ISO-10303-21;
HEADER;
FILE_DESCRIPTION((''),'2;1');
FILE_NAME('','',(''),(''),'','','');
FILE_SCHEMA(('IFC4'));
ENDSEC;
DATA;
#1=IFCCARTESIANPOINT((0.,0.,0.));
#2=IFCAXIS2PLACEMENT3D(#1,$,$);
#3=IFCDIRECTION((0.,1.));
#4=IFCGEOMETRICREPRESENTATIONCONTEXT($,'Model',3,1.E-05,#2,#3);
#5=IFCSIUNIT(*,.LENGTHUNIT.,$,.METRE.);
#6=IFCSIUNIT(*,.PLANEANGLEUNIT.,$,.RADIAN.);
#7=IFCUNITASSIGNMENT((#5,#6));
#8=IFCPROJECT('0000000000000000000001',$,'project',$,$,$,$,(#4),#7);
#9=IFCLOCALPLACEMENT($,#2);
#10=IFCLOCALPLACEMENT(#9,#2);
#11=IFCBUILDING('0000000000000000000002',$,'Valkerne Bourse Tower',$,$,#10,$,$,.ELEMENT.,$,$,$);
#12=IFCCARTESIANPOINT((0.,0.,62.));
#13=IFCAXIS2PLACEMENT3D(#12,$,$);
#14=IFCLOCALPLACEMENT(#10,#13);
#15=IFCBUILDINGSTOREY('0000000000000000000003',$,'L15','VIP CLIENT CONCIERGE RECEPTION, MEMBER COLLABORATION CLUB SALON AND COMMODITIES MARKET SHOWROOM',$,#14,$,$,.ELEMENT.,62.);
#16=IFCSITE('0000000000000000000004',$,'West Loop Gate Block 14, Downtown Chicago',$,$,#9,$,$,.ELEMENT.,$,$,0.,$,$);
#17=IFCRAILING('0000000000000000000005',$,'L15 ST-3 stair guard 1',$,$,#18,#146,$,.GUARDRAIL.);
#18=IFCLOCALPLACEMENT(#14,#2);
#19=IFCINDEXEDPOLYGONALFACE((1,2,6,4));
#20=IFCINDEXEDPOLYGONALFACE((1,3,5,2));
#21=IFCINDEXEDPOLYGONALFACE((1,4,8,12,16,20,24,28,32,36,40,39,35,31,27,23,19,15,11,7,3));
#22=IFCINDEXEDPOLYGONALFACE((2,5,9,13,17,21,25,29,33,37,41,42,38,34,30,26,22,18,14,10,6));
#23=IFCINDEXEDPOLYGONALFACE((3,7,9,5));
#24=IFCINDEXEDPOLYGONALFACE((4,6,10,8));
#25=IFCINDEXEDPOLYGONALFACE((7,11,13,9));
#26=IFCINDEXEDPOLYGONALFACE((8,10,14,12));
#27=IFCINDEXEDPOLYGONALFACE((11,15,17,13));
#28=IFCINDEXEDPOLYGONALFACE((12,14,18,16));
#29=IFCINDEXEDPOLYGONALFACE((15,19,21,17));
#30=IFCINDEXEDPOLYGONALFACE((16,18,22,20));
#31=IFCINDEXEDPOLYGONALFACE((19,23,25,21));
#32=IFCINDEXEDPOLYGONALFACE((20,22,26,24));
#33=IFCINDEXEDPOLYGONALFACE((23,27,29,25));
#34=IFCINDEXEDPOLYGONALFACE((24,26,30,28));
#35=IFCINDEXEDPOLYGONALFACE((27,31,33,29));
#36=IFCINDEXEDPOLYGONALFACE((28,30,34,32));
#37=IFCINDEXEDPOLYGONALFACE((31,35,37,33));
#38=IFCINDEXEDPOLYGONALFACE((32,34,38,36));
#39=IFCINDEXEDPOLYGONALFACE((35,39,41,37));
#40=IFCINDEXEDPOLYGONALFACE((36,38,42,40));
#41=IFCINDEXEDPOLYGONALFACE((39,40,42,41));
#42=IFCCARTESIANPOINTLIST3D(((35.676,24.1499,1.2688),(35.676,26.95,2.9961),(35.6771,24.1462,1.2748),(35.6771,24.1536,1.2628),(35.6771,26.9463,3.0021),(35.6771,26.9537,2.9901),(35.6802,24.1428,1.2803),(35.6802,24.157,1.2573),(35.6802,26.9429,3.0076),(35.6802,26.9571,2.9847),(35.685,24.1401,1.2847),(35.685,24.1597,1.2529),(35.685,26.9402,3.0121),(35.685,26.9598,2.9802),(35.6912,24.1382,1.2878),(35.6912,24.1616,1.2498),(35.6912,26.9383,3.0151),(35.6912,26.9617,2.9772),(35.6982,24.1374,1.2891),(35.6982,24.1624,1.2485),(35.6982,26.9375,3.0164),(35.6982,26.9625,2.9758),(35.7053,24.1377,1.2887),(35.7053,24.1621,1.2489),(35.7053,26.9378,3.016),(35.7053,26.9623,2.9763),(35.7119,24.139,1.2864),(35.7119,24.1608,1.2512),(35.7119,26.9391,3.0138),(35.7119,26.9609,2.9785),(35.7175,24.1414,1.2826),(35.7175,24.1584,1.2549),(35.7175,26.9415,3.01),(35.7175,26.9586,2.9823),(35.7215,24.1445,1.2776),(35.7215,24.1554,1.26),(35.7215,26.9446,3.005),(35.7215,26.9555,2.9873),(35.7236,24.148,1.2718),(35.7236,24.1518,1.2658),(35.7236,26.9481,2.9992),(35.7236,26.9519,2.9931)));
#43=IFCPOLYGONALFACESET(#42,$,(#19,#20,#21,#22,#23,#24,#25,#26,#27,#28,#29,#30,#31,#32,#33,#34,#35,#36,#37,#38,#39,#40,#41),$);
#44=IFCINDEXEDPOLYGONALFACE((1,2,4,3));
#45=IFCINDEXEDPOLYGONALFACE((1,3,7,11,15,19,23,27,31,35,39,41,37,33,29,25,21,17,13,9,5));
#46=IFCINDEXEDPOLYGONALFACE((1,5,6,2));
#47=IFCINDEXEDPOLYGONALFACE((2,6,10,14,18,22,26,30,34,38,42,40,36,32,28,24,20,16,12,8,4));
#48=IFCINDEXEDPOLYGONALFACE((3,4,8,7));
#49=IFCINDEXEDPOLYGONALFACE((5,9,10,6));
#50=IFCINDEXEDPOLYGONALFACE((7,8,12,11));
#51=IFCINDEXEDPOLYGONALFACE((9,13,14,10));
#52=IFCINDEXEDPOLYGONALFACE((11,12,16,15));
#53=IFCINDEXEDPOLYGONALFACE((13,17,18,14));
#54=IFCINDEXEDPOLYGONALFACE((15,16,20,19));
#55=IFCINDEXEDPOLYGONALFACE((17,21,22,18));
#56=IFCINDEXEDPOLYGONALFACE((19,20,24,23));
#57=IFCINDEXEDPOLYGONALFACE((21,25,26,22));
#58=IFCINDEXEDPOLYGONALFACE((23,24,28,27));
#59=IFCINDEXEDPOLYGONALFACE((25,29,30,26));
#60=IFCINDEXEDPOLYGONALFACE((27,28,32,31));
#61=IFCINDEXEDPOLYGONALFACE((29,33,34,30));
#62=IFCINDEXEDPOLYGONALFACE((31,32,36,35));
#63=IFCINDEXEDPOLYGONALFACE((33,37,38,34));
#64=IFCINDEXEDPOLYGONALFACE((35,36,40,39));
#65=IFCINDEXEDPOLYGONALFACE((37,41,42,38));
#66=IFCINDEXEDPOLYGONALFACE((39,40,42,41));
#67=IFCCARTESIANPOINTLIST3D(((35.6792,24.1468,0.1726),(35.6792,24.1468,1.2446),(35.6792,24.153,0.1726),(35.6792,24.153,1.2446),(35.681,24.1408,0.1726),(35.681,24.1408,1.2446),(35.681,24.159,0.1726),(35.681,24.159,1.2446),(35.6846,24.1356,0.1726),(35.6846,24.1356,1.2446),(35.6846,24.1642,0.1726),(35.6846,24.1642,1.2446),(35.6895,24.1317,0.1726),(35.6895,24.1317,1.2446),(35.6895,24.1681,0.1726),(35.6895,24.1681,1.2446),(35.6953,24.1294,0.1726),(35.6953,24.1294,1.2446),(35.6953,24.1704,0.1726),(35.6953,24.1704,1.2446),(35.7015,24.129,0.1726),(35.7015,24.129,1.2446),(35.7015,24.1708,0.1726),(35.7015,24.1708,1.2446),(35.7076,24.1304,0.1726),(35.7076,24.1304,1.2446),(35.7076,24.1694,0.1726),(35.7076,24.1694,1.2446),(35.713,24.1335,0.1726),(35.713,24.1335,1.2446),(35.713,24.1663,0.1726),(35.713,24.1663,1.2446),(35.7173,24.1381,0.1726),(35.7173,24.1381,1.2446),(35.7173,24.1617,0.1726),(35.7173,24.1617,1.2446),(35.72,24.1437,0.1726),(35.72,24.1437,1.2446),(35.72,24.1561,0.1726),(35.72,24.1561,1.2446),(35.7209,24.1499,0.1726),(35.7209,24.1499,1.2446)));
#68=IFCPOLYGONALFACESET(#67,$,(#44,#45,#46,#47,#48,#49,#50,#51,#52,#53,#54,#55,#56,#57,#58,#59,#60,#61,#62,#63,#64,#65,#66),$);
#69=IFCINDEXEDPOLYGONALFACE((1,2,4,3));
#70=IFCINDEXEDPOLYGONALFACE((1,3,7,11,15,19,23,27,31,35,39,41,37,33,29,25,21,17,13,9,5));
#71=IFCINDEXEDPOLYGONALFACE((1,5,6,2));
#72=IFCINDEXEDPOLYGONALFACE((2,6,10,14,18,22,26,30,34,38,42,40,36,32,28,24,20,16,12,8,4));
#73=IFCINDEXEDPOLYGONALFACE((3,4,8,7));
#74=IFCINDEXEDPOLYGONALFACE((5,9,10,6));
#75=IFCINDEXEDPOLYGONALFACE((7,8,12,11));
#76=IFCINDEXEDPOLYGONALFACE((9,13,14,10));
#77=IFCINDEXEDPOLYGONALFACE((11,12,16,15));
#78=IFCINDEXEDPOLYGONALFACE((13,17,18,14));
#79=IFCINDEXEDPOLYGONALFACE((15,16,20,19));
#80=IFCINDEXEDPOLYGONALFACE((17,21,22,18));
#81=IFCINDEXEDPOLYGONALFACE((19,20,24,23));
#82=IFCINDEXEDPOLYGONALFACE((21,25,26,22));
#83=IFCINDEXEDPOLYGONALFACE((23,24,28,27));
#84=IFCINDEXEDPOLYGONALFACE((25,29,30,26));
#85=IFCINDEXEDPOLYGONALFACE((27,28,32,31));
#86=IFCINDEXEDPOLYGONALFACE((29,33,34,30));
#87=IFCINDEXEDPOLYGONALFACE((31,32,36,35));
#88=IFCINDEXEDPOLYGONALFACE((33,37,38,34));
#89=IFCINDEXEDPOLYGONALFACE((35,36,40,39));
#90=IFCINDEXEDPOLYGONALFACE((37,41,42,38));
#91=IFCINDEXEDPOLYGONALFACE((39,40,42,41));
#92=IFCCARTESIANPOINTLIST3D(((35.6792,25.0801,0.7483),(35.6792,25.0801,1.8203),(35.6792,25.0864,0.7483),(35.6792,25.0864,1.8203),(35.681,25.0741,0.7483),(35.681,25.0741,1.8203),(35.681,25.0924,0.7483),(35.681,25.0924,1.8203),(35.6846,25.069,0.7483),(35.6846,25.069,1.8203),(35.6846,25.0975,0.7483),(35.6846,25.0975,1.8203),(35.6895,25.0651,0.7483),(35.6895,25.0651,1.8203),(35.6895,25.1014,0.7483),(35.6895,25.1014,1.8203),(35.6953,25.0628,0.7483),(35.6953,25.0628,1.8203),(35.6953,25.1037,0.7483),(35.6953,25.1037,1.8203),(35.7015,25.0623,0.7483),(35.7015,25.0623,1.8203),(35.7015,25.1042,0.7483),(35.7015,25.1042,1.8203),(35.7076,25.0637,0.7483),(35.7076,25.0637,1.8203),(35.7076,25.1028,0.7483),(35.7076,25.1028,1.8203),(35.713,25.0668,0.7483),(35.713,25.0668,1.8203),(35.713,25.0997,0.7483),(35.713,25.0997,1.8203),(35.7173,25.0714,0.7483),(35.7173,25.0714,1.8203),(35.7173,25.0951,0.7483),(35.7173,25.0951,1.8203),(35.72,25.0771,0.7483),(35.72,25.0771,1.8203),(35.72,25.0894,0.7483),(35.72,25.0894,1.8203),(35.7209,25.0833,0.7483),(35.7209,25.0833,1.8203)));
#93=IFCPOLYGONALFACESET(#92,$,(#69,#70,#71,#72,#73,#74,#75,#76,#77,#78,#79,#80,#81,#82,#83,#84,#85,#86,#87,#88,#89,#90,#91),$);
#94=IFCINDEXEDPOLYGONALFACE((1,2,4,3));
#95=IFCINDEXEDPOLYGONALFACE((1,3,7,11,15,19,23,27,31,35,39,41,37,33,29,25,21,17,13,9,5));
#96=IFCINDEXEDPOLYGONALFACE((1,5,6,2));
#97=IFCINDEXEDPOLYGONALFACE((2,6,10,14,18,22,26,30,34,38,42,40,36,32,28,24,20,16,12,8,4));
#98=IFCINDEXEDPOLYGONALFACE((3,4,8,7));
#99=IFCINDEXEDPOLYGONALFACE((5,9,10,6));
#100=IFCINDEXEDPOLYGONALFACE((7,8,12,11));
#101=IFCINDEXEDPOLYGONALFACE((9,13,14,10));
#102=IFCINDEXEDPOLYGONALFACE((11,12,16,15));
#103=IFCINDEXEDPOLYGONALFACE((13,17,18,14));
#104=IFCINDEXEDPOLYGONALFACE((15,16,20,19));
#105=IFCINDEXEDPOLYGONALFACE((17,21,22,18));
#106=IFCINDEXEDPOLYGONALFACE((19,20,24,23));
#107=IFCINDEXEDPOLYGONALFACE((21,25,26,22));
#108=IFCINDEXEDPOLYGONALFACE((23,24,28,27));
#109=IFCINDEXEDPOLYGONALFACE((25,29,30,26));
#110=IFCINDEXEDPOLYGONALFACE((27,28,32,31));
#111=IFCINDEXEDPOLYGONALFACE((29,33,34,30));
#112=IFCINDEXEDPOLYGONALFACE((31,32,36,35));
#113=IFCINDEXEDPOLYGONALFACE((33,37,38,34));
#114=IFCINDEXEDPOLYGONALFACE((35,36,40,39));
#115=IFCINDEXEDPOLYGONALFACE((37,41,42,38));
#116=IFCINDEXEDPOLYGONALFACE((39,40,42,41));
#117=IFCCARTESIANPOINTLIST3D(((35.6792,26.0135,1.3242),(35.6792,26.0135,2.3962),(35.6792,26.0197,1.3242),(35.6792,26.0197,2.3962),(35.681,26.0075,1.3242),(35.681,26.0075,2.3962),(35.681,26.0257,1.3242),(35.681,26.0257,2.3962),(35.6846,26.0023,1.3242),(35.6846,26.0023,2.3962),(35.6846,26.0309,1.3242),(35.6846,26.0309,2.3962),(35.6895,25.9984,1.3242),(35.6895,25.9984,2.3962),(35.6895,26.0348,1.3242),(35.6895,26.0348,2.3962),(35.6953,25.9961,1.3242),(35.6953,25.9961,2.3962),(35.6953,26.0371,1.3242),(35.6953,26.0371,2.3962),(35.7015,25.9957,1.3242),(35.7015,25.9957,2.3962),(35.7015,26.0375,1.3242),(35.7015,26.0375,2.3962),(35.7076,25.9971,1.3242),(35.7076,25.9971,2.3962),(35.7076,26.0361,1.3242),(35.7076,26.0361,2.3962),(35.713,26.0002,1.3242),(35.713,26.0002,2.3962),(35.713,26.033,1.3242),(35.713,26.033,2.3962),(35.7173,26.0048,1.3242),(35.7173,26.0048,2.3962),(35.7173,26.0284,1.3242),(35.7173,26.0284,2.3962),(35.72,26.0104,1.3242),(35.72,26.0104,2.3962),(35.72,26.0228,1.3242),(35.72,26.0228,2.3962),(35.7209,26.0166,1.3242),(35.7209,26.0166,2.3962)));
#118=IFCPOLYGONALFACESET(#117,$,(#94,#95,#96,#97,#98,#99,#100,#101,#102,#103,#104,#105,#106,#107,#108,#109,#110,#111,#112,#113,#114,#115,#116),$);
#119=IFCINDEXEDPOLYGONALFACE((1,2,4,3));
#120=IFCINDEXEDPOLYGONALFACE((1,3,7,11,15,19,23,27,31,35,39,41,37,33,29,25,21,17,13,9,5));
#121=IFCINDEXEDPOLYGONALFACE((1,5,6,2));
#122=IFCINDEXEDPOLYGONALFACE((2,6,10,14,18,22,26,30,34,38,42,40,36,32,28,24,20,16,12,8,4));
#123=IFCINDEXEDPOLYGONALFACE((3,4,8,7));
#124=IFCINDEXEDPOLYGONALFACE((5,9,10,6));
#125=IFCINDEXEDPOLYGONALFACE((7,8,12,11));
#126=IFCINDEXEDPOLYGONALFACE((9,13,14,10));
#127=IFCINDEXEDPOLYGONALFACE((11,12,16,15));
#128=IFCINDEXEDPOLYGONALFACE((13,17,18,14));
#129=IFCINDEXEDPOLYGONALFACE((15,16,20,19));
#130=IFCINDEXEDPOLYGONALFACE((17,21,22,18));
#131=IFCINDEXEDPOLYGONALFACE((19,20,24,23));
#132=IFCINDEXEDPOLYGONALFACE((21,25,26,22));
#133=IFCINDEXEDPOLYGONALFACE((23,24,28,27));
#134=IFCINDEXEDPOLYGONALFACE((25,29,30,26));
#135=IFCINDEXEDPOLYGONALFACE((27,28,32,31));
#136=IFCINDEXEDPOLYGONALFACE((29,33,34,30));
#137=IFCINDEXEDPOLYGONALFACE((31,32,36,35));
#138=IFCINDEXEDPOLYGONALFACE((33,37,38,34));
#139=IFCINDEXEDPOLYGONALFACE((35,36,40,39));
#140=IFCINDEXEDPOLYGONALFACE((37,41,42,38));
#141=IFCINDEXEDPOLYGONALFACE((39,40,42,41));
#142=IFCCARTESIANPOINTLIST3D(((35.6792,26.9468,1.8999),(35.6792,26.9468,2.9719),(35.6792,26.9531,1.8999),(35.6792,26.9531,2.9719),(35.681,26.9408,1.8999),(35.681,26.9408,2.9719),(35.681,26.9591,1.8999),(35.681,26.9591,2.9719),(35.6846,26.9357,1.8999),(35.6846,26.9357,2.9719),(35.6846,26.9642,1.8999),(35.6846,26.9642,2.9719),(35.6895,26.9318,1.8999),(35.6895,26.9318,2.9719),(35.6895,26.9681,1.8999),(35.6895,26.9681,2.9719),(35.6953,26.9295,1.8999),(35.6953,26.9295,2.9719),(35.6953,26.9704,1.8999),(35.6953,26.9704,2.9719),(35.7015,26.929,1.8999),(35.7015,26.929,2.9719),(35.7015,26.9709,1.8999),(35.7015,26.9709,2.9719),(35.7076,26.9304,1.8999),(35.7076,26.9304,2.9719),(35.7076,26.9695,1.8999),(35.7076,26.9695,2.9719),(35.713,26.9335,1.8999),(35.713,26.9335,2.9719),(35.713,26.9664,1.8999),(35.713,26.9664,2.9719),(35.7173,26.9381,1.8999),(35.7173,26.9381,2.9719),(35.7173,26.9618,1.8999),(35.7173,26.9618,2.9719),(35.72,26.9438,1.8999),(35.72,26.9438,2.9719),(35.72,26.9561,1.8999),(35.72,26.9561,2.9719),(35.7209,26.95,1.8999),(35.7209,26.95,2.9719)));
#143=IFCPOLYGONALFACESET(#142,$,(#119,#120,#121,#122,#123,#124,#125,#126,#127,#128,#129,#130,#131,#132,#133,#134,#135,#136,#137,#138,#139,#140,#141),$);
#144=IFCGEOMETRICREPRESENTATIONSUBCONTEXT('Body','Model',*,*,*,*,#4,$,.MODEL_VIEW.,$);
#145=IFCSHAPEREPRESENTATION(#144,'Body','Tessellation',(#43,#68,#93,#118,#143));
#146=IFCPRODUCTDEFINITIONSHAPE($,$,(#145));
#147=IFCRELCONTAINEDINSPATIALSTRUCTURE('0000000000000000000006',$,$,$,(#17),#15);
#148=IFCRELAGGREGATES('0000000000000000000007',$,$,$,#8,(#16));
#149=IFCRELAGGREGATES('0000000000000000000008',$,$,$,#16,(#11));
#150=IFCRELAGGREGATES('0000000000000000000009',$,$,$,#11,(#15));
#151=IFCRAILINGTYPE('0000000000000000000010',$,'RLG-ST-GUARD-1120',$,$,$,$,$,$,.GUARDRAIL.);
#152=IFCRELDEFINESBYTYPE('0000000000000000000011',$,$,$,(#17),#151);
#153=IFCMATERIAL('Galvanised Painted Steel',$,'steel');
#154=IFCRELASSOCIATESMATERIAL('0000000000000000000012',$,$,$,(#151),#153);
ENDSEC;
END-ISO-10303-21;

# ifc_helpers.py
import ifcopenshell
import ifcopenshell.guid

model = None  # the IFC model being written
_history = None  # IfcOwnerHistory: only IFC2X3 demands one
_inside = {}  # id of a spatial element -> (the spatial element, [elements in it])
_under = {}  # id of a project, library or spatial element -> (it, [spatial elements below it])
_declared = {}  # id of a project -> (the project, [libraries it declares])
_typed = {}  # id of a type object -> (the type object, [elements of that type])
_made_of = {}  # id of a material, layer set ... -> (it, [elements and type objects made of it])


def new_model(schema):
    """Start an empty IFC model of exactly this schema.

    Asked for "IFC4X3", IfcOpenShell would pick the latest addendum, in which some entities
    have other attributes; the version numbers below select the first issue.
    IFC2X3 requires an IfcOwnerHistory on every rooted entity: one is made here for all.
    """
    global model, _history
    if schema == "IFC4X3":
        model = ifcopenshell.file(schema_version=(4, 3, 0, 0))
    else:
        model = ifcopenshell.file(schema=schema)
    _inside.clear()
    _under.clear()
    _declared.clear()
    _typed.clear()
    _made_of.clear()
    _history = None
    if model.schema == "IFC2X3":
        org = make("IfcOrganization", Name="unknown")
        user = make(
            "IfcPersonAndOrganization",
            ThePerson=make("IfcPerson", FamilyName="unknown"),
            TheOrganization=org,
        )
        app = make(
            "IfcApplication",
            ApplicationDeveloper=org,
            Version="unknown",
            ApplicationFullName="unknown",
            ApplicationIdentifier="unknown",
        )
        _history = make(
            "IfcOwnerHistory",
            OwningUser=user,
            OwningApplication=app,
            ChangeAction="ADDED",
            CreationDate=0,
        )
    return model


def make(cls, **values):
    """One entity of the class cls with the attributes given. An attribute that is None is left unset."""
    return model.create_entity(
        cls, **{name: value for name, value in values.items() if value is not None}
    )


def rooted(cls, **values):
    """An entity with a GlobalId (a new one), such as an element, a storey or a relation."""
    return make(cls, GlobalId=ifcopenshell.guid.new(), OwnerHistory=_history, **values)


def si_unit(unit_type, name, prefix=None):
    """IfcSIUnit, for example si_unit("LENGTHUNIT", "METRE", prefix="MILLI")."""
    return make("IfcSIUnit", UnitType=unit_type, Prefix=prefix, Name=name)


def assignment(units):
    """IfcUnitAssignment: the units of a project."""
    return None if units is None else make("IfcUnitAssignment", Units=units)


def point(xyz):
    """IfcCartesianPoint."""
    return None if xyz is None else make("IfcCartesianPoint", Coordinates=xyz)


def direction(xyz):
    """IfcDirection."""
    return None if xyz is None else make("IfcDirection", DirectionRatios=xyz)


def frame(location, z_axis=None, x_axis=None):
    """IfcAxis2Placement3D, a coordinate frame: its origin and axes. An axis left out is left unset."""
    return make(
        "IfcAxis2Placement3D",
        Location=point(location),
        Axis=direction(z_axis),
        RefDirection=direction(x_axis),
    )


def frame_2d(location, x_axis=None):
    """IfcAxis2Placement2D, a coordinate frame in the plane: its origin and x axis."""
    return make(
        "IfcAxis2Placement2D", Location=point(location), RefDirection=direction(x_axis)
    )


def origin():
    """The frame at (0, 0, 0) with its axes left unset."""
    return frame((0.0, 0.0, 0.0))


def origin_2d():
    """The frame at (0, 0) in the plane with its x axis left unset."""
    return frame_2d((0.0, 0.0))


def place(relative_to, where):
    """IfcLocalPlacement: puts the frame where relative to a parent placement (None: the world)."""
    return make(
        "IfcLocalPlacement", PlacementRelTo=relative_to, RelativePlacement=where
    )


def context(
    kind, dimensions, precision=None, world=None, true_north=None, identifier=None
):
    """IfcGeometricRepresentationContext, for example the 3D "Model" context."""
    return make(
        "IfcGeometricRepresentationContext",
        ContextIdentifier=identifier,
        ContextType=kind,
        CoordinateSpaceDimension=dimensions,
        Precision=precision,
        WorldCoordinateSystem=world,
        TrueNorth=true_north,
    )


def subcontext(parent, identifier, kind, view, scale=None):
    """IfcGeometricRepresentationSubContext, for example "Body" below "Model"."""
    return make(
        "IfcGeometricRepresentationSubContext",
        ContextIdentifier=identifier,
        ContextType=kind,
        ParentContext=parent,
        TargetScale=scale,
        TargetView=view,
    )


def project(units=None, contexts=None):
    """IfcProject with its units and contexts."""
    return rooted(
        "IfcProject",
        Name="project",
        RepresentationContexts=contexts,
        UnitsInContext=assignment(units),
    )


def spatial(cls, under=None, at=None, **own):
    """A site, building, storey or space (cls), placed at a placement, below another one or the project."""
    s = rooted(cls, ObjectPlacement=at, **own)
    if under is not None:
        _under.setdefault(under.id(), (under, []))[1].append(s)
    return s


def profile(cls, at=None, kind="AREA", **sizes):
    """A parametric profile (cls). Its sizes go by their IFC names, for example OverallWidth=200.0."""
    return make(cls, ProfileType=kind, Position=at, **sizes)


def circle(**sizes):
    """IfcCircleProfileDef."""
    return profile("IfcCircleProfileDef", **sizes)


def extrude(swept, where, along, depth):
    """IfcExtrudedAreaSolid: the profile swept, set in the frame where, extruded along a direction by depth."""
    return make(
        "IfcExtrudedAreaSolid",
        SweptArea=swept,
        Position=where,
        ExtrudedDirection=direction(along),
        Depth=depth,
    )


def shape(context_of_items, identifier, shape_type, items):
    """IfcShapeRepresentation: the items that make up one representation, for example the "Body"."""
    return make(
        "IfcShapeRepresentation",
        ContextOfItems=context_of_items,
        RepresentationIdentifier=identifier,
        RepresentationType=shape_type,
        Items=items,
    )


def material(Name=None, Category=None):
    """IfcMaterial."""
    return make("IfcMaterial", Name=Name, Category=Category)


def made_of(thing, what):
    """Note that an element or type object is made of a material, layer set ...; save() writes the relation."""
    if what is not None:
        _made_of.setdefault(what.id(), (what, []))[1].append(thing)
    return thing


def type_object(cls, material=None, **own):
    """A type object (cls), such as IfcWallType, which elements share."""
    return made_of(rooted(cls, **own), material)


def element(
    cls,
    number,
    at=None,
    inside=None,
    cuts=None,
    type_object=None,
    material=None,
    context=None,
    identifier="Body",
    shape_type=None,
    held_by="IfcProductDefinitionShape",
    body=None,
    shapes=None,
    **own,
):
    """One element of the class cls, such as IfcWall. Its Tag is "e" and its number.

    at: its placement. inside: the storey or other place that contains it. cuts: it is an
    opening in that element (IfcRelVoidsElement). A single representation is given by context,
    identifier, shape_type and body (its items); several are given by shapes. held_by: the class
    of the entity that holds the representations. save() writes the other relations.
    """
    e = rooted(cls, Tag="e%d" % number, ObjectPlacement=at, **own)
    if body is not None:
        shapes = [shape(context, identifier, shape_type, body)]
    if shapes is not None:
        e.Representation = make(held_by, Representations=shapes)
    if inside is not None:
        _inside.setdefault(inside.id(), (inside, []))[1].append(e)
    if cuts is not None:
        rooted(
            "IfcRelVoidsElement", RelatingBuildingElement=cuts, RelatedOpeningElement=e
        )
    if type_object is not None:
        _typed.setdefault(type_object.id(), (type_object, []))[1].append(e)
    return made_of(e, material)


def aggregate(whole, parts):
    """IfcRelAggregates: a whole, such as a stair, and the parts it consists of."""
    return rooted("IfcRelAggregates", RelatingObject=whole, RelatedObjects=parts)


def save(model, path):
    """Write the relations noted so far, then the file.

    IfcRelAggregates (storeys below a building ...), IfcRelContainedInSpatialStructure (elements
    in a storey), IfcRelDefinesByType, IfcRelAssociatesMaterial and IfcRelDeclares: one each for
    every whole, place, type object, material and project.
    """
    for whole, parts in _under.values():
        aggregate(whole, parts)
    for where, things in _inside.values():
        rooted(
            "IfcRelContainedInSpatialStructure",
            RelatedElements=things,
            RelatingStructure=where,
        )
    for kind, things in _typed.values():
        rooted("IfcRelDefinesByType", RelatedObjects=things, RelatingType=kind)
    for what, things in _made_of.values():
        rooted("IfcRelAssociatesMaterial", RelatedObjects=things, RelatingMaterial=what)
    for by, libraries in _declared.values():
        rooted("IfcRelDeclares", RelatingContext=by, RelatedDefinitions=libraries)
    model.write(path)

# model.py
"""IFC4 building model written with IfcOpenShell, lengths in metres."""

from ifc_helpers import new_model, si_unit, direction, frame, origin, origin_2d, place, context, subcontext, project, spatial, circle, extrude, material, type_object, element, save


model = new_model("IFC4")

# Units and contexts
model_context = context("Model", 3, precision=1e-05, world=origin(), true_north=direction((0.0, 1.0)))
body_context = subcontext(model_context, "Body", "Model", "MODEL_VIEW")
ifc_project = project(units=[si_unit("LENGTHUNIT", "METRE"), si_unit("PLANEANGLEUNIT", "RADIAN")], contexts=[model_context])

# Site, building, storey
site_placement = place(None, origin())
site = spatial("IfcSite", under=ifc_project, at=site_placement, Name="West Loop Gate Block 14, Downtown Chicago", CompositionType="ELEMENT", RefElevation=0.0)
building_placement = place(site_placement, origin())
building = spatial("IfcBuilding", under=site, at=building_placement, Name="Valkerne Bourse Tower", CompositionType="ELEMENT")
storey_placement = place(building_placement, frame((0.0, 0.0, 62.0)))
storey = spatial("IfcBuildingStorey", under=building, at=storey_placement, Name="L15", Description="VIP CLIENT CONCIERGE RECEPTION, MEMBER COLLABORATION CLUB SALON AND COMMODITIES MARKET SHOWROOM", CompositionType="ELEMENT", Elevation=62.0)

# Railing
ifc_material_1 = material(Name="Galvanised Painted Steel", Category="steel")
railing_type_1 = type_object("IfcRailingType", Name="RLG-ST-GUARD-1120", PredefinedType="GUARDRAIL", material=ifc_material_1)
railing_1_placement = place(storey_placement, frame((35.7, 24.1499, 0.1726)))
element("IfcRailing", 1, at=railing_1_placement, inside=storey, type_object=railing_type_1, Name="L15 ST-3 stair guard 1", PredefinedType="GUARDRAIL", context=body_context, shape_type="SweptSolid", body=[
    extrude(circle(Radius=0.0239, at=origin_2d()), frame((0.0, 0.0, 1.0962), z_axis=(0.0, 0.85109, 0.52502), x_axis=(-1.0, 0.0, 0.0)), (0.0, 0.0, 1.0), 3.29),
    extrude(circle(Radius=0.021, at=origin_2d()), origin(), (0.0, 0.0, 1.0), 1.072),
    extrude(circle(Radius=0.021, at=origin_2d()), frame((0.0, 0.9333, 0.5757)), (0.0, 0.0, 1.0), 1.072),
    extrude(circle(Radius=0.021, at=origin_2d()), frame((0.0, 1.8667, 1.1516)), (0.0, 0.0, 1.0), 1.072),
    extrude(circle(Radius=0.021, at=origin_2d()), frame((0.0, 2.8, 1.7273)), (0.0, 0.0, 1.0), 1.072),
])

save(model, "model.ifc")
